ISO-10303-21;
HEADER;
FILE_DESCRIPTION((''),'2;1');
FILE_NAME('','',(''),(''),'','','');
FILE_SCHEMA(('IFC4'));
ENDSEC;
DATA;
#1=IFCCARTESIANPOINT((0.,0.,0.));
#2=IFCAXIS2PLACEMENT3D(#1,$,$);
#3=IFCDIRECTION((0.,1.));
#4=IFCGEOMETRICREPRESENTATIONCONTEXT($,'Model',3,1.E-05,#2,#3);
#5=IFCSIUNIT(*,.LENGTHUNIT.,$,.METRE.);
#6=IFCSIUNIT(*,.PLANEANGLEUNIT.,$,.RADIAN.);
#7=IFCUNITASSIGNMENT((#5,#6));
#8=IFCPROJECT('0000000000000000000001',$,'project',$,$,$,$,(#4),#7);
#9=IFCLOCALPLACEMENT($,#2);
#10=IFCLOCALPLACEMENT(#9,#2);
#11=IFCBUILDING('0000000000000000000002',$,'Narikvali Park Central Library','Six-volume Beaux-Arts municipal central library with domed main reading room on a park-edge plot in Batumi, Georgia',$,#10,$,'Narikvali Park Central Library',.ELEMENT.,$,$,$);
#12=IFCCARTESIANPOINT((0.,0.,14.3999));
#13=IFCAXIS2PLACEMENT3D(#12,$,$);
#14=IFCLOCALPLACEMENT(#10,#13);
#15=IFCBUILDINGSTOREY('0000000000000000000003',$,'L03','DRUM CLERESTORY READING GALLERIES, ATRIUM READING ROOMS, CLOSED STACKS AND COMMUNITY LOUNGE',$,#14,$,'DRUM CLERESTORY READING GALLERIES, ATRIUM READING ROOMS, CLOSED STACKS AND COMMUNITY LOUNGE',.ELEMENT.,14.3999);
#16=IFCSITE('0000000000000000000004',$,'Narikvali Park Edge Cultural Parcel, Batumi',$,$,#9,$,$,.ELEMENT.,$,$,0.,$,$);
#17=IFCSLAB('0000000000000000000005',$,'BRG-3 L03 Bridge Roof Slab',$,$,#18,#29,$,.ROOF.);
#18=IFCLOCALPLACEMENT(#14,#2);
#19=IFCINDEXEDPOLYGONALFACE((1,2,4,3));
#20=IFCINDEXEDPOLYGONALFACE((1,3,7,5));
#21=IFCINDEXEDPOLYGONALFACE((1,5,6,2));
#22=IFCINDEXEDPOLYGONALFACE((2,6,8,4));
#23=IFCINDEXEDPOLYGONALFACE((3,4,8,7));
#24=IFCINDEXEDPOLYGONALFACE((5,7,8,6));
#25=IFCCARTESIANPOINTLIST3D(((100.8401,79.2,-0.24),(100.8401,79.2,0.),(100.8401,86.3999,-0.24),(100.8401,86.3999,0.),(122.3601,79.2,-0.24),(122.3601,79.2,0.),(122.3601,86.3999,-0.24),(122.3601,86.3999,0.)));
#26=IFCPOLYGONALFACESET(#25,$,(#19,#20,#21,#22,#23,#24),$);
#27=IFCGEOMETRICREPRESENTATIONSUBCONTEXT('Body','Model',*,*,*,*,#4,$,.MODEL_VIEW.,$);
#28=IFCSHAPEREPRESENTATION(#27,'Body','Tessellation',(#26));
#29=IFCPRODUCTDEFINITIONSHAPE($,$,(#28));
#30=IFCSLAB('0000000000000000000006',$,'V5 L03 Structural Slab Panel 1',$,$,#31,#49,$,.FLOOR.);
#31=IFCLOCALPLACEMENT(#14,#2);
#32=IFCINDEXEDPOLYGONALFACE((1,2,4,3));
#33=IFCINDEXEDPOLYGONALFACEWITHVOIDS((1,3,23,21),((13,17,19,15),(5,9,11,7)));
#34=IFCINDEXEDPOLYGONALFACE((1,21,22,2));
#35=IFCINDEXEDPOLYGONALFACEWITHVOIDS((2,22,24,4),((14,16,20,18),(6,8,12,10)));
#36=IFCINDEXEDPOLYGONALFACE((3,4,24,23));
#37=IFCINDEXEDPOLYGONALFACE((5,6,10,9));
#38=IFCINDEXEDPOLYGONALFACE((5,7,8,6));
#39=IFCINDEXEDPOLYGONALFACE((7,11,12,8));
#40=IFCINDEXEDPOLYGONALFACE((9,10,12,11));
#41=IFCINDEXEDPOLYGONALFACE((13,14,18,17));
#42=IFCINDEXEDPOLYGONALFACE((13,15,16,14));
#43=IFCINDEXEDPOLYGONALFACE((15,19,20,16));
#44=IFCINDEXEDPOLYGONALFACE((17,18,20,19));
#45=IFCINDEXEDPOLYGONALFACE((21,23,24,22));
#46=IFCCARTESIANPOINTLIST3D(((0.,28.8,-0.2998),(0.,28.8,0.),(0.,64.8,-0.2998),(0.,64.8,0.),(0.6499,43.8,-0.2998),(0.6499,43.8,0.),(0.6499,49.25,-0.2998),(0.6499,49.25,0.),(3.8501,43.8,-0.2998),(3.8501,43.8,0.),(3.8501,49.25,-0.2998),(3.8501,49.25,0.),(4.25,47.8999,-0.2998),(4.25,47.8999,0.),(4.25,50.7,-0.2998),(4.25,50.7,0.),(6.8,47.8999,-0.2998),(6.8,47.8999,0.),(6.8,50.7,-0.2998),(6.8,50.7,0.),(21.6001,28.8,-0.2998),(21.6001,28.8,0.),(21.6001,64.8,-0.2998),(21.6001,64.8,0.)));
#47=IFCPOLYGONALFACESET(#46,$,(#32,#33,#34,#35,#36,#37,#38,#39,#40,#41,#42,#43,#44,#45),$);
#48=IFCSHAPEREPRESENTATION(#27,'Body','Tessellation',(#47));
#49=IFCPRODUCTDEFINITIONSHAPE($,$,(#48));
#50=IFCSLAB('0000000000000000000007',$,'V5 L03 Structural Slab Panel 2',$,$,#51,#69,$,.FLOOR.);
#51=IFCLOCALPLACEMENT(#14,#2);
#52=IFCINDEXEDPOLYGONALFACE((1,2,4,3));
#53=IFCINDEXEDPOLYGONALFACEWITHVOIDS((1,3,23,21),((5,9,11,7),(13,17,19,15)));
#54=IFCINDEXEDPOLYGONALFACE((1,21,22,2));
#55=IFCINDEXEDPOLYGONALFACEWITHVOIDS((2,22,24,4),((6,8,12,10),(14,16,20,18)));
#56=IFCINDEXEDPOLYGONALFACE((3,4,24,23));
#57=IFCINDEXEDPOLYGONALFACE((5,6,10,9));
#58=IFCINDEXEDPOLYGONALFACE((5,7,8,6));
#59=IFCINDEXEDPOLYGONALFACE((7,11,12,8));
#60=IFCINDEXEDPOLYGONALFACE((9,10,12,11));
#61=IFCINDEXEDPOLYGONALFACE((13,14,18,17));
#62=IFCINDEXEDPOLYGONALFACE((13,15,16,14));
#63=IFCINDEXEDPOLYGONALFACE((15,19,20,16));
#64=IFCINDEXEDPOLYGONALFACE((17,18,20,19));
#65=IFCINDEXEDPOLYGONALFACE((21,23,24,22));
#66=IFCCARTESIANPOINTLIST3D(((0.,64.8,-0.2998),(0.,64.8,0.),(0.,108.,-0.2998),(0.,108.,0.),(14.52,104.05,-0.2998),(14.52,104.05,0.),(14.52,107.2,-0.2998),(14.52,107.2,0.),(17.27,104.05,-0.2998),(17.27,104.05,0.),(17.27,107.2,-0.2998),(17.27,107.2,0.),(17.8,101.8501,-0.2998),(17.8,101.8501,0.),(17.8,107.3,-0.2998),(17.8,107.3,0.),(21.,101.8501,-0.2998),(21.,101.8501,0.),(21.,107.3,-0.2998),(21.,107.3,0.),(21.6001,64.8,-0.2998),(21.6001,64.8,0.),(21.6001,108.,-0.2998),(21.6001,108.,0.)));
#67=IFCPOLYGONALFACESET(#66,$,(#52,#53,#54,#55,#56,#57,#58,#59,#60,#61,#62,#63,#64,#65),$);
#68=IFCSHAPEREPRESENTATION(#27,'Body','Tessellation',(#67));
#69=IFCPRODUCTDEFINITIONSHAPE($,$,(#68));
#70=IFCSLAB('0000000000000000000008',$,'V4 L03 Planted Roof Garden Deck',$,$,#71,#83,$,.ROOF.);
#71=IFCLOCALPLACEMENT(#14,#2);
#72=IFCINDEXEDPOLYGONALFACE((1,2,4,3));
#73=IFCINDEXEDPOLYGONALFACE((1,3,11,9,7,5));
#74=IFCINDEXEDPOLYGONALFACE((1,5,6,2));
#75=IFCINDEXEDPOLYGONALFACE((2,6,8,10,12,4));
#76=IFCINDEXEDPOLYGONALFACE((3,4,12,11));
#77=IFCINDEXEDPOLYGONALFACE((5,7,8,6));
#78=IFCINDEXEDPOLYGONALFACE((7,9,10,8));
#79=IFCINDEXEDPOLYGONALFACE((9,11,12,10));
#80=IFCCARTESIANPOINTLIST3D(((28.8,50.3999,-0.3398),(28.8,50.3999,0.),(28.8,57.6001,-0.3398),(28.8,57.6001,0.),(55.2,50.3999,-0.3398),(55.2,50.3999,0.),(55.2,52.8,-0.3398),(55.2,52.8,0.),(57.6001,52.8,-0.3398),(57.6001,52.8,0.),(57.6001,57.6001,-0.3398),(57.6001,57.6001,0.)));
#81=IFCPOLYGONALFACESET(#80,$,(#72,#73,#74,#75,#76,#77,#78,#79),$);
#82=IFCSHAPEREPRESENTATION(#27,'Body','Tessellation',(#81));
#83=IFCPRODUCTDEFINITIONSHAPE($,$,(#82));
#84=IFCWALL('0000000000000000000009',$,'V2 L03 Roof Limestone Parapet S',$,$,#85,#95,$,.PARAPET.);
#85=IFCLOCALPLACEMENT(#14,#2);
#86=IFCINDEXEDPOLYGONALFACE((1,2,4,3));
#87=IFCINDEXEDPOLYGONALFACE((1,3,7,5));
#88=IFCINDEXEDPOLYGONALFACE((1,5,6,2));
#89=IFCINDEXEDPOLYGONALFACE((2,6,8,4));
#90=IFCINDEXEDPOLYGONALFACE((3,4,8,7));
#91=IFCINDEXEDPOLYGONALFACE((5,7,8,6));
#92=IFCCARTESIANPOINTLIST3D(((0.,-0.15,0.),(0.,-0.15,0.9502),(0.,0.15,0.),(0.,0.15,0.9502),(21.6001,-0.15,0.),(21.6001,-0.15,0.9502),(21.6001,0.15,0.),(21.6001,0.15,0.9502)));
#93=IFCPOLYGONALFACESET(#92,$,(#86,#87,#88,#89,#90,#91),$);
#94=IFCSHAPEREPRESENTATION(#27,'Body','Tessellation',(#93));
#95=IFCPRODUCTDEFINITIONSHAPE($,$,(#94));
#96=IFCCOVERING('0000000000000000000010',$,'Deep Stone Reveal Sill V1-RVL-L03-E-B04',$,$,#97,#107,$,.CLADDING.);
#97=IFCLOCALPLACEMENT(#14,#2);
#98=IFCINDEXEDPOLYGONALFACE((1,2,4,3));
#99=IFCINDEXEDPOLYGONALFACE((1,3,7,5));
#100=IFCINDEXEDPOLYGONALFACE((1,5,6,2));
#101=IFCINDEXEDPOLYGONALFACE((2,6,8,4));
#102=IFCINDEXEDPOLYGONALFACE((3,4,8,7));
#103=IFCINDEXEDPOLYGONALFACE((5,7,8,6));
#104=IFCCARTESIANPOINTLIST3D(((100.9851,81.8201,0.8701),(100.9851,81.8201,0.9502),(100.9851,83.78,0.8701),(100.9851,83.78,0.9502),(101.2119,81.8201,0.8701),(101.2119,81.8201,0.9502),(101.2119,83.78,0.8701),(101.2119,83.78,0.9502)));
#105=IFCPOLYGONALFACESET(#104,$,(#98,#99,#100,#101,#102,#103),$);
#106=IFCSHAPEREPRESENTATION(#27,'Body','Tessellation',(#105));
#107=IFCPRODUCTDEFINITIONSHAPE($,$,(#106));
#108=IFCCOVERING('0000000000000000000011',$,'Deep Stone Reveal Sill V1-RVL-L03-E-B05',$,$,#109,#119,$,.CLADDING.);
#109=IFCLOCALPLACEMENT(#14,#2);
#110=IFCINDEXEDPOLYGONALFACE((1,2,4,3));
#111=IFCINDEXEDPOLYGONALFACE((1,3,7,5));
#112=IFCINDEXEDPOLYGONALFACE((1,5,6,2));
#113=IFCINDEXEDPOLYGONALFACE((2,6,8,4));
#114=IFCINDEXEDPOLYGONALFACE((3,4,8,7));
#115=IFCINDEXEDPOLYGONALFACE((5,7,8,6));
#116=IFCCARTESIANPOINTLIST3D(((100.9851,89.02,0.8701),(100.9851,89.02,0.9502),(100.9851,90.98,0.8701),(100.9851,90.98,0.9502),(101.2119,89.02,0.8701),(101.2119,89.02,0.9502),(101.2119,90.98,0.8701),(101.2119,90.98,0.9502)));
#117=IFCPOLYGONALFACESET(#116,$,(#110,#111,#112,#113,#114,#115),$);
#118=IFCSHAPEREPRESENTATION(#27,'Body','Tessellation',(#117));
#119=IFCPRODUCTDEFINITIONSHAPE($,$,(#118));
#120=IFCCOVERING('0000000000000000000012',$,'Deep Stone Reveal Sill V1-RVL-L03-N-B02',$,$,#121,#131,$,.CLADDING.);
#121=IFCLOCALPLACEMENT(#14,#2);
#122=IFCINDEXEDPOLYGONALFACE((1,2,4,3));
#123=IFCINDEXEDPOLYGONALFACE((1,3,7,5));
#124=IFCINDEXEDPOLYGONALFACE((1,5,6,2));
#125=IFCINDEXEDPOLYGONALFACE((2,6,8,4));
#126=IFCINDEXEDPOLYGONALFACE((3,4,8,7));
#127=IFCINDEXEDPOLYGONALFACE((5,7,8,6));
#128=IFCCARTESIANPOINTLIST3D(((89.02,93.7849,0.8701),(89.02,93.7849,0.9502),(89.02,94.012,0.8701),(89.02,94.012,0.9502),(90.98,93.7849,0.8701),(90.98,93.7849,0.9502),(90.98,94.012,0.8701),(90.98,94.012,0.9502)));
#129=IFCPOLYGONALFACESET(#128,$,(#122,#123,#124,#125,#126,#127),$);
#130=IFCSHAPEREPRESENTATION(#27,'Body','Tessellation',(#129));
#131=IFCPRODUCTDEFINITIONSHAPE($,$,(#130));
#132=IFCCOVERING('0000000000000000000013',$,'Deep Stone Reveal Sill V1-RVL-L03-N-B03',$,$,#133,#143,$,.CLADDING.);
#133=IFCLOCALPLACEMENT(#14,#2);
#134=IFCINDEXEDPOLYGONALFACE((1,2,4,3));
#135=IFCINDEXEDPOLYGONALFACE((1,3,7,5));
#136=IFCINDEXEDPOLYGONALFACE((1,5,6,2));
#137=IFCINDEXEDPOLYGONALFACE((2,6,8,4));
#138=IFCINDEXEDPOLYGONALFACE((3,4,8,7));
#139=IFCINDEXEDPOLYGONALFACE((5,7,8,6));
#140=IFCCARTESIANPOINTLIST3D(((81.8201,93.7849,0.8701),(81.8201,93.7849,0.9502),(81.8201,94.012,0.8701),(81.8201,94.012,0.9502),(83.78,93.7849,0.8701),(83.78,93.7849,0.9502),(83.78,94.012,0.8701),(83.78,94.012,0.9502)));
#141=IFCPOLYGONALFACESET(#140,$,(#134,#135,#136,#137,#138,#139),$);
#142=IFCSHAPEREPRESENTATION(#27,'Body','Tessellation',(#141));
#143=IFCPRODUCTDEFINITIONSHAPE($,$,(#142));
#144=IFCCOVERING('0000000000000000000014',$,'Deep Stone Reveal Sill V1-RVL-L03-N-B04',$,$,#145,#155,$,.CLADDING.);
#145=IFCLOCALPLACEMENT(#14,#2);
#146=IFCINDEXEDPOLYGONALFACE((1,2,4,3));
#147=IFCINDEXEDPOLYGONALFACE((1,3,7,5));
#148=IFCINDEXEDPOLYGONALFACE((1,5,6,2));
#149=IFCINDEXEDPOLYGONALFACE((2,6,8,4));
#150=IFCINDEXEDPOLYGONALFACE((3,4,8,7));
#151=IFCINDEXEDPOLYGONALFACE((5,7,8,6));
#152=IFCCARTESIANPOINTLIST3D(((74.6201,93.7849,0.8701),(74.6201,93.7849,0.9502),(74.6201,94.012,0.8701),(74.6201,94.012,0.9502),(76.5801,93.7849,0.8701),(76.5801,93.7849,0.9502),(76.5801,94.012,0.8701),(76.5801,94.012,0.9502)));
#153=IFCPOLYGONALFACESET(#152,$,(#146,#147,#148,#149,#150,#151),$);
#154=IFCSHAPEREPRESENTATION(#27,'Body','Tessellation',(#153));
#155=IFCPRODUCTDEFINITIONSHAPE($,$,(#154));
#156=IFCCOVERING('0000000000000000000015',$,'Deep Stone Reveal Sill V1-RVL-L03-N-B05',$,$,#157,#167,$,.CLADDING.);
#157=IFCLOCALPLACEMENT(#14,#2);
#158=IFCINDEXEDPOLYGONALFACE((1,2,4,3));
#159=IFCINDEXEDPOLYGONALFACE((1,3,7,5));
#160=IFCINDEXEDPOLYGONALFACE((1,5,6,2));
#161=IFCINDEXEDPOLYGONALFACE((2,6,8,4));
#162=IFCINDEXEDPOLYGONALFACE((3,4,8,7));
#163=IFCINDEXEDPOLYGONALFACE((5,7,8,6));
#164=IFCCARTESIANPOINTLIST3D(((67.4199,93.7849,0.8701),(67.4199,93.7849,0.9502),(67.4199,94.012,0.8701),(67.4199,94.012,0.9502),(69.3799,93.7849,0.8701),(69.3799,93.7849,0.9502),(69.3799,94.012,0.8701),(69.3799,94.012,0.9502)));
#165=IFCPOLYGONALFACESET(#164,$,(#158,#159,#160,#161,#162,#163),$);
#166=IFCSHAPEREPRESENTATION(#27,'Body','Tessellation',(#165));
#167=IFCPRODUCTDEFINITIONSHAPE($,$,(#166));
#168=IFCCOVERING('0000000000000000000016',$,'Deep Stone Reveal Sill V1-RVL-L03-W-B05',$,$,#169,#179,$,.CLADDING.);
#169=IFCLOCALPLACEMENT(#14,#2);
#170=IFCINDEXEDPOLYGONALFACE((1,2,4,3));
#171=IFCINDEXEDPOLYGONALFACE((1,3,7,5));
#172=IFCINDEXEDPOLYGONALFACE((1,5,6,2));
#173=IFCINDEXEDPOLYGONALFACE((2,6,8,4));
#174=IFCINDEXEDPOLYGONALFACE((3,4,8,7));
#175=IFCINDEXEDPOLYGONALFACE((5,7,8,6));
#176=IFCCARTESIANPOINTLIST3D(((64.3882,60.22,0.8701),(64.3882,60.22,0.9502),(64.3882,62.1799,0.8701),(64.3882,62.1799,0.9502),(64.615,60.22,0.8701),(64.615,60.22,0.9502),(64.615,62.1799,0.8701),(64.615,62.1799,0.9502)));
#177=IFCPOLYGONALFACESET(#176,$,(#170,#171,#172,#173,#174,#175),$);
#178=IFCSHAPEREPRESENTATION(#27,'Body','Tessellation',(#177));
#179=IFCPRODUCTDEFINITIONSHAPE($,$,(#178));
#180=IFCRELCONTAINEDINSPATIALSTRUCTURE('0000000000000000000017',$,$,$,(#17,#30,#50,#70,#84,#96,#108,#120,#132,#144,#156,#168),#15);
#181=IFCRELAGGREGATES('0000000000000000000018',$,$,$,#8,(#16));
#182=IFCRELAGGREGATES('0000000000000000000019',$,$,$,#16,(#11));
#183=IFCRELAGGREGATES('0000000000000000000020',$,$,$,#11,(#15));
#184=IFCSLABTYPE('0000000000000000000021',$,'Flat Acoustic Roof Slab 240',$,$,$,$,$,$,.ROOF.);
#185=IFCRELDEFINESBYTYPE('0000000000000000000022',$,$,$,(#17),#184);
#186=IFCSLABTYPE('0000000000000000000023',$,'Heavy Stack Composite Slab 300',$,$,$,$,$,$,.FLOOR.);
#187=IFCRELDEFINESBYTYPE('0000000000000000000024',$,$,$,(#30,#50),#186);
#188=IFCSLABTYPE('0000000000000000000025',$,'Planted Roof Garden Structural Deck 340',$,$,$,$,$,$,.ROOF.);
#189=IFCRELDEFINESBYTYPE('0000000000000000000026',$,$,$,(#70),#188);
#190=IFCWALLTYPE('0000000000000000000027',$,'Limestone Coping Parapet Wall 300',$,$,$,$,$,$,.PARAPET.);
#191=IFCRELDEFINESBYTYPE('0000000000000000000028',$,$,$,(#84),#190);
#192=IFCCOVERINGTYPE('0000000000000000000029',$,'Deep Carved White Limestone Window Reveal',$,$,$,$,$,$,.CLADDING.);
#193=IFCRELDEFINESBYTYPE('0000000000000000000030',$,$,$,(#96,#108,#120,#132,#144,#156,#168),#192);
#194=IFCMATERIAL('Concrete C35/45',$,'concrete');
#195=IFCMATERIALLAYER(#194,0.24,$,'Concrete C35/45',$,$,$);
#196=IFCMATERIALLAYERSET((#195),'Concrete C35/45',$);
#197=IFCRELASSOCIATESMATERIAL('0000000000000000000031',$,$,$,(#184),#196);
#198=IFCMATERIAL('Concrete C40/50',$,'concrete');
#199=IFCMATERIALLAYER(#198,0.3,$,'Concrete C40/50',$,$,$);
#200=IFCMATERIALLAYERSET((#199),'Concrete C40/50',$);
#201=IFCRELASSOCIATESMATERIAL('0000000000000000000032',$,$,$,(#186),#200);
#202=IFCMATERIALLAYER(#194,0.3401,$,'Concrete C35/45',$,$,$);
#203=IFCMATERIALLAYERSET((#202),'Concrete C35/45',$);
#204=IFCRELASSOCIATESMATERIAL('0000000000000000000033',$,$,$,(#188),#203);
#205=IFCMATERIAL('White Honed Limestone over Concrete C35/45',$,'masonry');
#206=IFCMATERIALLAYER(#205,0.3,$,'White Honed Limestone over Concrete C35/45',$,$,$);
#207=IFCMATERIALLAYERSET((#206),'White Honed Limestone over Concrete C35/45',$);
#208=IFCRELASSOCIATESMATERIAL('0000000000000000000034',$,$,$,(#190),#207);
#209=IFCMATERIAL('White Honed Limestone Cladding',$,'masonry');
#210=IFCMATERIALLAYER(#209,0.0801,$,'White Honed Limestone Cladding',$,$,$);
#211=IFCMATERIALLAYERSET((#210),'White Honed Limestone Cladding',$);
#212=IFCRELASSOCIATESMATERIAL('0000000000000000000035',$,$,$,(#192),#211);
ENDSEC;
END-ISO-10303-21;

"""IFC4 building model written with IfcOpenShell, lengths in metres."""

from ifc_helpers import new_model, si_unit, direction, frame, frame_2d, origin, origin_with_axes, place, context, subcontext, project, spatial, polyline, rectangle, outline, extrude, material, layer, layer_set, type_object, element, save


model = new_model("IFC4")

# Units and contexts
model_context = context("Model", 3, precision=1e-05, world=origin(), true_north=direction((0.0, 1.0)))
body_context = subcontext(model_context, "Body", "Model", "MODEL_VIEW")
ifc_project = project(units=[si_unit("LENGTHUNIT", "METRE"), si_unit("PLANEANGLEUNIT", "RADIAN")], contexts=[model_context])

# Site, building, storey
site_placement = place(None, origin())
site = spatial("IfcSite", under=ifc_project, at=site_placement, Name="Narikvali Park Edge Cultural Parcel, Batumi", CompositionType="ELEMENT", RefElevation=0.0)
building_placement = place(site_placement, origin())
building = spatial("IfcBuilding", under=site, at=building_placement, Name="Narikvali Park Central Library", Description="Six-volume Beaux-Arts municipal central library with domed main reading room on a park-edge plot in Batumi, Georgia", LongName="Narikvali Park Central Library", CompositionType="ELEMENT")
storey_placement = place(building_placement, frame((0.0, 0.0, 14.3999)))
storey = spatial("IfcBuildingStorey", under=building, at=storey_placement, Name="L03", Description="DRUM CLERESTORY READING GALLERIES, ATRIUM READING ROOMS, CLOSED STACKS AND COMMUNITY LOUNGE", LongName="DRUM CLERESTORY READING GALLERIES, ATRIUM READING ROOMS, CLOSED STACKS AND COMMUNITY LOUNGE", CompositionType="ELEMENT", Elevation=14.3999)

# Slabs
ifc_material_1 = material(Name="Concrete C35/45", Category="concrete")
ifc_layer_1 = layer(ifc_material_1, 0.24, Name="Concrete C35/45")
ifc_layer_set_1 = layer_set([ifc_layer_1], Name="Concrete C35/45")
slab_type_1 = type_object("IfcSlabType", Name="Flat Acoustic Roof Slab 240", PredefinedType="ROOF", material=ifc_layer_set_1)
slab_1_placement = place(storey_placement, frame((0.0, 0.0, -0.24)))
element("IfcSlab", 1, at=slab_1_placement, inside=storey, type_object=slab_type_1, Name="BRG-3 L03 Bridge Roof Slab", PredefinedType="ROOF", context=body_context, shape_type="SweptSolid", body=[
    extrude(outline(polyline([(100.8401, 79.2), (122.3601, 79.2), (122.3601, 86.3999), (100.8401, 86.3999), (100.8401, 79.2)])), origin(), (0.0, 0.0, 1.0), 0.24),
])
ifc_material_2 = material(Name="Concrete C40/50", Category="concrete")
ifc_layer_2 = layer(ifc_material_2, 0.3, Name="Concrete C40/50")
ifc_layer_set_2 = layer_set([ifc_layer_2], Name="Concrete C40/50")
slab_type_2 = type_object("IfcSlabType", Name="Heavy Stack Composite Slab 300", PredefinedType="FLOOR", material=ifc_layer_set_2)
slab_2_placement = place(storey_placement, frame((0.0, 0.0, -0.2998)))
element("IfcSlab", 2, at=slab_2_placement, inside=storey, type_object=slab_type_2, Name="V5 L03 Structural Slab Panel 1", PredefinedType="FLOOR", context=body_context, shape_type="SweptSolid", body=[
    extrude(outline(polyline([(0.0, 28.8), (21.6001, 28.8), (21.6001, 64.8), (0.0, 64.8), (0.0, 28.8)]), holes=[polyline([(0.6499, 43.8), (3.8501, 43.8), (3.8501, 49.25), (0.6499, 49.25), (0.6499, 43.8)]), polyline([(4.25, 47.8999), (6.8, 47.8999), (6.8, 50.7), (4.25, 50.7), (4.25, 47.8999)])]), origin(), (0.0, 0.0, 1.0), 0.2998),
])
slab_3_placement = place(storey_placement, frame((0.0, 0.0, -0.2998)))
element("IfcSlab", 3, at=slab_3_placement, inside=storey, type_object=slab_type_2, Name="V5 L03 Structural Slab Panel 2", PredefinedType="FLOOR", context=body_context, shape_type="SweptSolid", body=[
    extrude(outline(polyline([(0.0, 64.8), (21.6001, 64.8), (21.6001, 108.0), (0.0, 108.0), (0.0, 64.8)]), holes=[polyline([(17.8, 101.8501), (21.0, 101.8501), (21.0, 107.3), (17.8, 107.3), (17.8, 101.8501)]), polyline([(14.52, 104.05), (17.27, 104.05), (17.27, 107.2), (14.52, 107.2), (14.52, 104.05)])]), origin(), (0.0, 0.0, 1.0), 0.2998),
])
ifc_layer_3 = layer(ifc_material_1, 0.3401, Name="Concrete C35/45")
ifc_layer_set_3 = layer_set([ifc_layer_3], Name="Concrete C35/45")
slab_type_3 = type_object("IfcSlabType", Name="Planted Roof Garden Structural Deck 340", PredefinedType="ROOF", material=ifc_layer_set_3)
slab_4_placement = place(storey_placement, frame((0.0, 0.0, -0.3398)))
element("IfcSlab", 4, at=slab_4_placement, inside=storey, type_object=slab_type_3, Name="V4 L03 Planted Roof Garden Deck", PredefinedType="ROOF", context=body_context, shape_type="SweptSolid", body=[
    extrude(outline(polyline([(28.8, 50.3999), (55.2, 50.3999), (55.2, 52.8), (57.6001, 52.8), (57.6001, 57.6001), (28.8, 57.6001), (28.8, 50.3999)])), origin(), (0.0, 0.0, 1.0), 0.3398),
])

# Wall
ifc_material_3 = material(Name="White Honed Limestone over Concrete C35/45", Category="masonry")
ifc_layer_4 = layer(ifc_material_3, 0.3, Name="White Honed Limestone over Concrete C35/45")
ifc_layer_set_4 = layer_set([ifc_layer_4], Name="White Honed Limestone over Concrete C35/45")
wall_type = type_object("IfcWallType", Name="Limestone Coping Parapet Wall 300", PredefinedType="PARAPET", material=ifc_layer_set_4)
wall_placement = place(storey_placement, origin_with_axes())
element("IfcWall", 5, at=wall_placement, inside=storey, type_object=wall_type, Name="V2 L03 Roof Limestone Parapet S", PredefinedType="PARAPET", context=body_context, shape_type="SweptSolid", body=[
    extrude(rectangle(XDim=21.6001, YDim=0.3, at=frame_2d((10.8, 0.0))), origin(), (0.0, 0.0, 1.0), 0.9502),
])

# Coverings
ifc_material_4 = material(Name="White Honed Limestone Cladding", Category="masonry")
ifc_layer_5 = layer(ifc_material_4, 0.0801, Name="White Honed Limestone Cladding")
ifc_layer_set_5 = layer_set([ifc_layer_5], Name="White Honed Limestone Cladding")
covering_type_1 = type_object("IfcCoveringType", Name="Deep Carved White Limestone Window Reveal", PredefinedType="CLADDING", material=ifc_layer_set_5)
covering_1_placement = place(storey_placement, frame((0.0, 0.0, 0.8701)))
element("IfcCovering", 6, at=covering_1_placement, inside=storey, type_object=covering_type_1, Name="Deep Stone Reveal Sill V1-RVL-L03-E-B04", PredefinedType="CLADDING", context=body_context, shape_type="SweptSolid", body=[
    extrude(outline(polyline([(100.9851, 81.8201), (100.9851, 83.78), (101.2119, 83.78), (101.2119, 81.8201), (100.9851, 81.8201)])), origin(), (0.0, 0.0, 1.0), 0.0801),
])
covering_2_placement = place(storey_placement, frame((0.0, 0.0, 0.8701)))
element("IfcCovering", 7, at=covering_2_placement, inside=storey, type_object=covering_type_1, Name="Deep Stone Reveal Sill V1-RVL-L03-E-B05", PredefinedType="CLADDING", context=body_context, shape_type="SweptSolid", body=[
    extrude(outline(polyline([(100.9851, 89.02), (100.9851, 90.98), (101.2119, 90.98), (101.2119, 89.02), (100.9851, 89.02)])), origin(), (0.0, 0.0, 1.0), 0.0801),
])
covering_3_placement = place(storey_placement, frame((0.0, 0.0, 0.8701)))
element("IfcCovering", 8, at=covering_3_placement, inside=storey, type_object=covering_type_1, Name="Deep Stone Reveal Sill V1-RVL-L03-N-B02", PredefinedType="CLADDING", context=body_context, shape_type="SweptSolid", body=[
    extrude(outline(polyline([(90.98, 93.7849), (89.02, 93.7849), (89.02, 94.012), (90.98, 94.012), (90.98, 93.7849)])), origin(), (0.0, 0.0, 1.0), 0.0801),
])
covering_4_placement = place(storey_placement, frame((0.0, 0.0, 0.8701)))
element("IfcCovering", 9, at=covering_4_placement, inside=storey, type_object=covering_type_1, Name="Deep Stone Reveal Sill V1-RVL-L03-N-B03", PredefinedType="CLADDING", context=body_context, shape_type="SweptSolid", body=[
    extrude(outline(polyline([(83.78, 93.7849), (81.8201, 93.7849), (81.8201, 94.012), (83.78, 94.012), (83.78, 93.7849)])), origin(), (0.0, 0.0, 1.0), 0.0801),
])
covering_5_placement = place(storey_placement, frame((0.0, 0.0, 0.8701)))
element("IfcCovering", 10, at=covering_5_placement, inside=storey, type_object=covering_type_1, Name="Deep Stone Reveal Sill V1-RVL-L03-N-B04", PredefinedType="CLADDING", context=body_context, shape_type="SweptSolid", body=[
    extrude(outline(polyline([(76.5801, 93.7849), (74.6201, 93.7849), (74.6201, 94.012), (76.5801, 94.012), (76.5801, 93.7849)])), origin(), (0.0, 0.0, 1.0), 0.0801),
])
covering_6_placement = place(storey_placement, frame((0.0, 0.0, 0.8701)))
element("IfcCovering", 11, at=covering_6_placement, inside=storey, type_object=covering_type_1, Name="Deep Stone Reveal Sill V1-RVL-L03-N-B05", PredefinedType="CLADDING", context=body_context, shape_type="SweptSolid", body=[
    extrude(outline(polyline([(69.3799, 93.7849), (67.4199, 93.7849), (67.4199, 94.012), (69.3799, 94.012), (69.3799, 93.7849)])), origin(), (0.0, 0.0, 1.0), 0.0801),
])
covering_7_placement = place(storey_placement, frame((0.0, 0.0, 0.8701)))
element("IfcCovering", 12, at=covering_7_placement, inside=storey, type_object=covering_type_1, Name="Deep Stone Reveal Sill V1-RVL-L03-W-B05", PredefinedType="CLADDING", context=body_context, shape_type="SweptSolid", body=[
    extrude(outline(polyline([(64.615, 62.1799), (64.615, 60.22), (64.3882, 60.22), (64.3882, 62.1799), (64.615, 62.1799)])), origin(), (0.0, 0.0, 1.0), 0.0801),
])

save(model, "model.ifc")
